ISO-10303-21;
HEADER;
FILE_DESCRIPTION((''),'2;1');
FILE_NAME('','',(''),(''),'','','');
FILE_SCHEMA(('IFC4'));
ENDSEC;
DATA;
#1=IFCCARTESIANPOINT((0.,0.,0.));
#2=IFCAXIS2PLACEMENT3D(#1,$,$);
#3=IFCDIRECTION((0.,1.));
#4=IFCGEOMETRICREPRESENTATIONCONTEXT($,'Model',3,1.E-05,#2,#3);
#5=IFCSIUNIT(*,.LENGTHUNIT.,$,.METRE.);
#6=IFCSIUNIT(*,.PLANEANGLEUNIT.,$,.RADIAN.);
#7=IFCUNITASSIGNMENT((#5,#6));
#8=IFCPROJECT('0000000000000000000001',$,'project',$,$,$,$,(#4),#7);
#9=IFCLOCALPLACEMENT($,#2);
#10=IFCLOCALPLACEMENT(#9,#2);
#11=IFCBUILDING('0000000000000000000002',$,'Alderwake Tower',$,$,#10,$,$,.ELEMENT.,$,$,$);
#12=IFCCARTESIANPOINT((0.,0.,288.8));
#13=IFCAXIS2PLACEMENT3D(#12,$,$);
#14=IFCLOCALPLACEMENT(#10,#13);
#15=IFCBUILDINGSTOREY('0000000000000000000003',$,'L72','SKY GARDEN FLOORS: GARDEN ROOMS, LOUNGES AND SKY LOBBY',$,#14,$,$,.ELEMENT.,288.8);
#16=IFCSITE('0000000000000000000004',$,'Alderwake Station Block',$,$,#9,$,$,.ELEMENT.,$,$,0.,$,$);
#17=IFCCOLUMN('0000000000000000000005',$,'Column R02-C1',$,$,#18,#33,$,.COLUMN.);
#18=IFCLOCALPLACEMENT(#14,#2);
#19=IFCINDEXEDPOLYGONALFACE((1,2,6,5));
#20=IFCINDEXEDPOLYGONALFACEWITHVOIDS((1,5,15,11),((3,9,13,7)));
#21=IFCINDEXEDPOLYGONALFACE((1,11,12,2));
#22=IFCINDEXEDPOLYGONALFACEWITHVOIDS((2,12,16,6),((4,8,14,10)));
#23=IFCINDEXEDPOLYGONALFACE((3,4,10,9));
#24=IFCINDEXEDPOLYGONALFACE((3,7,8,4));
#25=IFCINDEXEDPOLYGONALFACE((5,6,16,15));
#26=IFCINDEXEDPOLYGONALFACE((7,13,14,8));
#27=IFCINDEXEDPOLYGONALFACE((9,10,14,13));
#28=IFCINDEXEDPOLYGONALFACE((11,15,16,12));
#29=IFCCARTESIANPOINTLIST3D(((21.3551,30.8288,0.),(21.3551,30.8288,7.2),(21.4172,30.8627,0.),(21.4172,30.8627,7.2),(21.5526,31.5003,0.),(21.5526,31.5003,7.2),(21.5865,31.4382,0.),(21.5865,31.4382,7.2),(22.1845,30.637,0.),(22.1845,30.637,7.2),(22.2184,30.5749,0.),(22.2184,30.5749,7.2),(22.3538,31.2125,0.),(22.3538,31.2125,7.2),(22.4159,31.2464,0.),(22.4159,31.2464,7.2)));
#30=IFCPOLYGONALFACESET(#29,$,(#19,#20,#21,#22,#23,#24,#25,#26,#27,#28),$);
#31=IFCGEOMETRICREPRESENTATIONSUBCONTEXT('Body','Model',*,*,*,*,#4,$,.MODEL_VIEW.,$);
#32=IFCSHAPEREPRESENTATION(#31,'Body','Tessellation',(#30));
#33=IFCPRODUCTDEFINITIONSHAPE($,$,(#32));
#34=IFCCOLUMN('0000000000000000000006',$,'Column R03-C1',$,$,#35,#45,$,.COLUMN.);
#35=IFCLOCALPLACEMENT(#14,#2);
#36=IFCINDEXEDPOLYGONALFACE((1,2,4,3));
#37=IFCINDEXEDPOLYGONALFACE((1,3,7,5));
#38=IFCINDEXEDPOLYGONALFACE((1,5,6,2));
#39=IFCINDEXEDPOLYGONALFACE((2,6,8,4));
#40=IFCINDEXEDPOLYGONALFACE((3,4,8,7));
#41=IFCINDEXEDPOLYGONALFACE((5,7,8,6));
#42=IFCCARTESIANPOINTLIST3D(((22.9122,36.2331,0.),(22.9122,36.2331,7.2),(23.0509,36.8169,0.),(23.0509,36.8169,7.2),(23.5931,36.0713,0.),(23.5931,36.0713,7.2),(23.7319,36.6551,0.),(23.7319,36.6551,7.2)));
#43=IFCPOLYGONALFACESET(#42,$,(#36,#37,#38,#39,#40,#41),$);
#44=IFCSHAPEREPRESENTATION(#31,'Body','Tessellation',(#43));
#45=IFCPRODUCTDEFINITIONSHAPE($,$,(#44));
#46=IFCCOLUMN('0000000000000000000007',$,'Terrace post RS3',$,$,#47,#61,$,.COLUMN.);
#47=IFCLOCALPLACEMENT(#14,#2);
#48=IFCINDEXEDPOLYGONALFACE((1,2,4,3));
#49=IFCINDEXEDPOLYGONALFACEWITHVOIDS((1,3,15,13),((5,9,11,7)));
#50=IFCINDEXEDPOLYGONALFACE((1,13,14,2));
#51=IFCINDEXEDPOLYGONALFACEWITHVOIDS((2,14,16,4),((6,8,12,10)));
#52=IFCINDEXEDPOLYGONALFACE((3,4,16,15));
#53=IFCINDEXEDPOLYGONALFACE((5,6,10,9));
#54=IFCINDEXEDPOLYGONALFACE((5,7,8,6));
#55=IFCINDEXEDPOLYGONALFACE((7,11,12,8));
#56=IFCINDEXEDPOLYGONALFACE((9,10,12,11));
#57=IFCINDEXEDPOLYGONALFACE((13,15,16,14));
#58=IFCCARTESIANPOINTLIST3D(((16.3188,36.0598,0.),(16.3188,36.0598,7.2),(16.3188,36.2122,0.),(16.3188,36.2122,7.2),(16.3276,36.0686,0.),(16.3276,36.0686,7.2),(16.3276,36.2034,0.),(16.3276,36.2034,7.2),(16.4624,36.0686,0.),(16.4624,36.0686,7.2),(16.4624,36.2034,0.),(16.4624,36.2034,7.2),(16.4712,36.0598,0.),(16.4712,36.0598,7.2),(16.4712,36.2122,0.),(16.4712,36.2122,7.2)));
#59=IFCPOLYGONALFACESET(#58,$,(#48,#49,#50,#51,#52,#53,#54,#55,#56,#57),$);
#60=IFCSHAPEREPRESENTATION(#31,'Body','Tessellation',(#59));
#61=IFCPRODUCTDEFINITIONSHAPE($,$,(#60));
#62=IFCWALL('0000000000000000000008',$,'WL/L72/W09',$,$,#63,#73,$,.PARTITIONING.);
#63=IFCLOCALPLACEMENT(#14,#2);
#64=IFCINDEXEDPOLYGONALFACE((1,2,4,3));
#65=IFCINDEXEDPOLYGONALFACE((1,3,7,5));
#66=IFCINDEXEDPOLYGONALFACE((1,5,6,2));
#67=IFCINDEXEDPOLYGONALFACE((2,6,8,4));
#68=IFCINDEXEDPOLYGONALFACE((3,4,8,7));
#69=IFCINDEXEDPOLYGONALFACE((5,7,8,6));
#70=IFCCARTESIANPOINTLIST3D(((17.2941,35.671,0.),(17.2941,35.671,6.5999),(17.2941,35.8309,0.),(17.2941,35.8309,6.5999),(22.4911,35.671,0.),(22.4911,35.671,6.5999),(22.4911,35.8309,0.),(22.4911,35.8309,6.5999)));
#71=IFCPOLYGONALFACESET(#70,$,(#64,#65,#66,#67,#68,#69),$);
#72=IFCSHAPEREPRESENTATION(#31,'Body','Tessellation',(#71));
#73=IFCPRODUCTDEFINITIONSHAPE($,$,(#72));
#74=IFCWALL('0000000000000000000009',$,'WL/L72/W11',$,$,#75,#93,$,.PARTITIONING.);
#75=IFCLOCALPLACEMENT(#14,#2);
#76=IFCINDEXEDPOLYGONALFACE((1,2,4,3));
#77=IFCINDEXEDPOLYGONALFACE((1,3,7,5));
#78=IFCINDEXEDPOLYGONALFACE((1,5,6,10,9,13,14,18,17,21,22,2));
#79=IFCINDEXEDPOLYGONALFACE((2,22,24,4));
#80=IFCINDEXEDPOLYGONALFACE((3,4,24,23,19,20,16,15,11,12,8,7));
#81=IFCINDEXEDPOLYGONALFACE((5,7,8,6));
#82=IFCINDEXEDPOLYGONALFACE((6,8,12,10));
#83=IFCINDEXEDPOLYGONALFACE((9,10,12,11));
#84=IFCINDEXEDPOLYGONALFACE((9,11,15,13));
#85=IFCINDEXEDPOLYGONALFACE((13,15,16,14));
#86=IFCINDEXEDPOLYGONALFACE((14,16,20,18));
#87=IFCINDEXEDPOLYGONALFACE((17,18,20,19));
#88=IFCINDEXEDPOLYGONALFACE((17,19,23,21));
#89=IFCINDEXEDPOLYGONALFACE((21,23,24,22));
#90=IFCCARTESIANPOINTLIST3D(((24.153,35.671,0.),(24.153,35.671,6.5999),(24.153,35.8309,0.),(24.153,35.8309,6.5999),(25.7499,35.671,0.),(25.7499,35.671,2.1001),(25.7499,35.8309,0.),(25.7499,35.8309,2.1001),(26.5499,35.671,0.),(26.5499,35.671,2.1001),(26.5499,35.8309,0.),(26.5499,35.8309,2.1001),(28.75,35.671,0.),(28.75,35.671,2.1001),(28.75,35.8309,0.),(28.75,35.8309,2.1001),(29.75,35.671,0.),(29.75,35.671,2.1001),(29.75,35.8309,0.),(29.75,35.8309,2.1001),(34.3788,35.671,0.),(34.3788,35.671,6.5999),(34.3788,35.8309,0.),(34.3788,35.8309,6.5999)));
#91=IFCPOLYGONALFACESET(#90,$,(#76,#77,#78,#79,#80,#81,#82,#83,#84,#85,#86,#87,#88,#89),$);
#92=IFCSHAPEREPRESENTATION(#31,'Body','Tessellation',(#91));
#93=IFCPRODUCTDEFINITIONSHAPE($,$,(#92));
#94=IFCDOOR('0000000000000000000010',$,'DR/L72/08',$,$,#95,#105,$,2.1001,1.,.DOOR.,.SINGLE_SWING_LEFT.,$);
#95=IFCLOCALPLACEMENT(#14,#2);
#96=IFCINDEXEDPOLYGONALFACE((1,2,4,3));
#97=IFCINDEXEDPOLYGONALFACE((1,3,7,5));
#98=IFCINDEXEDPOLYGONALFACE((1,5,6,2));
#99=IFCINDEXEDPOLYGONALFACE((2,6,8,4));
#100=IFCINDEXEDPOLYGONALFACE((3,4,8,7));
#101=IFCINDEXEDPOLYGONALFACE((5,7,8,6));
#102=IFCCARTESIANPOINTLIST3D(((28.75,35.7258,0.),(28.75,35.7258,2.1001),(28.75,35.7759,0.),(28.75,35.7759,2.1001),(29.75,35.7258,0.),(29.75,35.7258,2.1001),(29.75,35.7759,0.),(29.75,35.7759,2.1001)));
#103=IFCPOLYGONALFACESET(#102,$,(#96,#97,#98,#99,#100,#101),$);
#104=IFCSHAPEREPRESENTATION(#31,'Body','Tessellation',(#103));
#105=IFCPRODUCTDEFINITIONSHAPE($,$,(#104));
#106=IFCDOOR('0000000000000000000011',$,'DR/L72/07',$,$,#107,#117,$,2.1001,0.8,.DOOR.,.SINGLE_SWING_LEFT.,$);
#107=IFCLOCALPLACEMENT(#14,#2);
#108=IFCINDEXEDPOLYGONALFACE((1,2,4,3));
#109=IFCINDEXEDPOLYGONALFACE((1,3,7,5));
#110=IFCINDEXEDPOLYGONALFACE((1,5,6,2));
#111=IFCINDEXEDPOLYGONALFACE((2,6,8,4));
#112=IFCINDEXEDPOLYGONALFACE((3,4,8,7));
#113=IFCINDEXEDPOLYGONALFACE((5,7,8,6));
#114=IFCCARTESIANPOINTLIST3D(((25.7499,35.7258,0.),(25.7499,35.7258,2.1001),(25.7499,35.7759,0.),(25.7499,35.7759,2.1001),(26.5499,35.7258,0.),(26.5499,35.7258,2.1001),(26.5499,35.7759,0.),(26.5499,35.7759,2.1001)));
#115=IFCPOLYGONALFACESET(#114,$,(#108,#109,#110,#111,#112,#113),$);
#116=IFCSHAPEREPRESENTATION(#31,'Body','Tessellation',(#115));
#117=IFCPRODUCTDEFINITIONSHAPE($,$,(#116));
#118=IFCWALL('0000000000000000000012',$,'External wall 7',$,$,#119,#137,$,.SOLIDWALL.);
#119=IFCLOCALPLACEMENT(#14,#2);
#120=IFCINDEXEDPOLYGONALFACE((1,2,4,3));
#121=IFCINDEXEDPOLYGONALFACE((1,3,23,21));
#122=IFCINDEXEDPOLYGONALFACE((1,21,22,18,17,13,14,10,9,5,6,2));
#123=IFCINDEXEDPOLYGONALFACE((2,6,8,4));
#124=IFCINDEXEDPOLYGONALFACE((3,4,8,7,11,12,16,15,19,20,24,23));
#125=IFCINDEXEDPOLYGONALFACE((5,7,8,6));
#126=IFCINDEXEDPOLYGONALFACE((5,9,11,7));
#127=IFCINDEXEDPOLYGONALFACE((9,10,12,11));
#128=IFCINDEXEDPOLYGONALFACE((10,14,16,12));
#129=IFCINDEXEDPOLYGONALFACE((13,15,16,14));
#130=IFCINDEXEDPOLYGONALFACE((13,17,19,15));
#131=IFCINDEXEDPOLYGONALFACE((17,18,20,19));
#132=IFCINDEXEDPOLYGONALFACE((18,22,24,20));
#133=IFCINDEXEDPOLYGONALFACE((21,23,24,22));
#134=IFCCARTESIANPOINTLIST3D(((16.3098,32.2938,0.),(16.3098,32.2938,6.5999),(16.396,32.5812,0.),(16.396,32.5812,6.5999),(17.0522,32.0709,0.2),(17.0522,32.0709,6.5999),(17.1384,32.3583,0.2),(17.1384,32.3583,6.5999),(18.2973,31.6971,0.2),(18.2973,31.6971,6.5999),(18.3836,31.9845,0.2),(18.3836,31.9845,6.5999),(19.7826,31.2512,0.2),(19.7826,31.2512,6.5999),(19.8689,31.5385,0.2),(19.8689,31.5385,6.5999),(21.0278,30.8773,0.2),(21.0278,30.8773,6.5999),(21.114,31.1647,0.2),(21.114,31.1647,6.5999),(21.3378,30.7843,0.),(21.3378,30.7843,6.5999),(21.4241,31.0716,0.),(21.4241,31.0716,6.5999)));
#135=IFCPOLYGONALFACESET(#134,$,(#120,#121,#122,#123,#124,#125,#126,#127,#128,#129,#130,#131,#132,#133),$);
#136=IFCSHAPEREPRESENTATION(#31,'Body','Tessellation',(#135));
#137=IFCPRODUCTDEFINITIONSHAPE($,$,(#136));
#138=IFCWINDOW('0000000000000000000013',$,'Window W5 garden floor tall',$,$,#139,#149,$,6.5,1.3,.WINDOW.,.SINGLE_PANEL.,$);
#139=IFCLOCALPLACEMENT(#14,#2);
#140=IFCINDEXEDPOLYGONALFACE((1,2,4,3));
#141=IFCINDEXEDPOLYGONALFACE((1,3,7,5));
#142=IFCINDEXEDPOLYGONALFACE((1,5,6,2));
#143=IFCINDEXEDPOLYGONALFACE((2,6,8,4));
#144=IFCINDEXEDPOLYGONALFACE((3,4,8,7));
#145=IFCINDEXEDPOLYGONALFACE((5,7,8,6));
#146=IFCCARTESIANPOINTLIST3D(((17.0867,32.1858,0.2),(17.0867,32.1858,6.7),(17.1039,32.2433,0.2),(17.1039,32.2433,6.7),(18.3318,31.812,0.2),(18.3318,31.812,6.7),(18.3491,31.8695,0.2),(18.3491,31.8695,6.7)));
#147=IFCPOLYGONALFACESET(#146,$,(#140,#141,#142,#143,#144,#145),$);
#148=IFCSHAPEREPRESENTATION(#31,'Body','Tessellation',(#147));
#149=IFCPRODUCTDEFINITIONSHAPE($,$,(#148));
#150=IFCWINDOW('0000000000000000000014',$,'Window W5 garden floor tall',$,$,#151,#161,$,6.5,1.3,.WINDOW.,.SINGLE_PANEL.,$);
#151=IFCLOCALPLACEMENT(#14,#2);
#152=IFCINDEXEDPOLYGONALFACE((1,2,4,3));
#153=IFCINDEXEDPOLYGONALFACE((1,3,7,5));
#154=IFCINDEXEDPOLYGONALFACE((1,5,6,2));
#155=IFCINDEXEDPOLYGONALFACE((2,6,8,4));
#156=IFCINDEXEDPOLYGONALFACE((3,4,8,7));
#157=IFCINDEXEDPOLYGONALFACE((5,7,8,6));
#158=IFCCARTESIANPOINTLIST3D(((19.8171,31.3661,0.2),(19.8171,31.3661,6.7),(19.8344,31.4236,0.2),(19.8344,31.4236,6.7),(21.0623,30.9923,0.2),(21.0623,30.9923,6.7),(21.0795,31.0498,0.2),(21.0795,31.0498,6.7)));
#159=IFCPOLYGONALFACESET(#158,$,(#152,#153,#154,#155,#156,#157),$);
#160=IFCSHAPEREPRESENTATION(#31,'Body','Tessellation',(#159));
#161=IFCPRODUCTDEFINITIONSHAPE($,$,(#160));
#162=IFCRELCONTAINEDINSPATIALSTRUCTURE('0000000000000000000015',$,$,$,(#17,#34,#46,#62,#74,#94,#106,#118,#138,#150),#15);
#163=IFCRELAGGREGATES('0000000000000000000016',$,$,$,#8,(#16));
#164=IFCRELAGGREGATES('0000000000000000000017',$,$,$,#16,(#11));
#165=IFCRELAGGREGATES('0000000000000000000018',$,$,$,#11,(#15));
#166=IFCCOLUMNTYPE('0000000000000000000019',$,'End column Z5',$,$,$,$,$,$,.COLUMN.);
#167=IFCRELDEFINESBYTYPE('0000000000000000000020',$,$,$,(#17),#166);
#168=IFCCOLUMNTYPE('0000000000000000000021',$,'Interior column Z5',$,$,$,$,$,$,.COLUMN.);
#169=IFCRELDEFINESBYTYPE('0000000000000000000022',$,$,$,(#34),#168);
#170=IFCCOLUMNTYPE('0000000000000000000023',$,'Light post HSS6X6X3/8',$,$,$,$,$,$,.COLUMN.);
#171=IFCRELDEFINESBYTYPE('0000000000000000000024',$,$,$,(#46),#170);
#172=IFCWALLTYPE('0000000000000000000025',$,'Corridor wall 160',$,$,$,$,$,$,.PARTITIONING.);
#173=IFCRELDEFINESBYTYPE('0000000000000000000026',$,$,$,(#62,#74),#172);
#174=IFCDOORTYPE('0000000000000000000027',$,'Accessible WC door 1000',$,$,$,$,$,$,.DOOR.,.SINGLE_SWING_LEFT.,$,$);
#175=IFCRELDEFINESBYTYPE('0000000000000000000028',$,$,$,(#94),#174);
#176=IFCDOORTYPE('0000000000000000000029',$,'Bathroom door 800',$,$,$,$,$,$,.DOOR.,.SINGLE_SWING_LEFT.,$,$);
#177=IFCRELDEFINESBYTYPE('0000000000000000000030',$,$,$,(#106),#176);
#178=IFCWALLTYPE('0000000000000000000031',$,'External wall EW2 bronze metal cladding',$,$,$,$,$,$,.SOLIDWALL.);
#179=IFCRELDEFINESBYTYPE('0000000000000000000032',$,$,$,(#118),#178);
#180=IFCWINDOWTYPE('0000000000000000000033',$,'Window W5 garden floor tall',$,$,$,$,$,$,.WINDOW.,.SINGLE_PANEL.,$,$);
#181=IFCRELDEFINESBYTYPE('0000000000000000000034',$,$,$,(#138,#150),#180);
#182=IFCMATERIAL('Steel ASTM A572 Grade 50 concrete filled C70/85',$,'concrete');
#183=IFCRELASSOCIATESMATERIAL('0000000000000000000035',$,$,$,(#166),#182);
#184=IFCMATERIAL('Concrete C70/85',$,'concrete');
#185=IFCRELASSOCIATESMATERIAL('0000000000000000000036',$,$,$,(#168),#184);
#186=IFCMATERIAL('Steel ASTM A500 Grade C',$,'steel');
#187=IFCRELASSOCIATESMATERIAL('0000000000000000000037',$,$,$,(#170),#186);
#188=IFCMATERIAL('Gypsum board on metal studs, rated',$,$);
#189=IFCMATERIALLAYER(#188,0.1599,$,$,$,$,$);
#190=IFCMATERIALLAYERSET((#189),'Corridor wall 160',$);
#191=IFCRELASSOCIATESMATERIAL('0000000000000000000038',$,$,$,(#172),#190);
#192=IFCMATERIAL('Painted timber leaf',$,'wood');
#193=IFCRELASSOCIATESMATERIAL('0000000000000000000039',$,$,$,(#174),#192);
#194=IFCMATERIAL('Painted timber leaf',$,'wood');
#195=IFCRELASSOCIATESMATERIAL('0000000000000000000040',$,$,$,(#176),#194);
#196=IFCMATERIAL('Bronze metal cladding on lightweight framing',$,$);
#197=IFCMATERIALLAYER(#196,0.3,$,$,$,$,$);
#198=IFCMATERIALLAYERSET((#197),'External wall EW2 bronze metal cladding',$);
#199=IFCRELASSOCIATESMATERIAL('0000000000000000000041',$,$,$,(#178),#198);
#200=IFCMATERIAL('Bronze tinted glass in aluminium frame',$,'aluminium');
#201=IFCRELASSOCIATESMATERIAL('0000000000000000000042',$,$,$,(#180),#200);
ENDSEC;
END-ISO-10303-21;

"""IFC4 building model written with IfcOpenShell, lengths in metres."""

from ifc_helpers import new_model, si_unit, direction, frame, frame_2d, origin, origin_2d, place, context, subcontext, project, spatial, rectangle, hollow_rectangle, extrude, material, layer, layer_set, material_profile, profile_set, type_object, element, fill, save


model = new_model("IFC4")

# Units and contexts
model_context = context("Model", 3, precision=1e-05, world=origin(), true_north=direction((0.0, 1.0)))
body_context = subcontext(model_context, "Body", "Model", "MODEL_VIEW")
ifc_project = project(units=[si_unit("LENGTHUNIT", "METRE"), si_unit("PLANEANGLEUNIT", "RADIAN")], contexts=[model_context])

# Site, building, storey
site_placement = place(None, origin())
site = spatial("IfcSite", under=ifc_project, at=site_placement, Name="Alderwake Station Block", CompositionType="ELEMENT", RefElevation=0.0)
building_placement = place(site_placement, origin())
building = spatial("IfcBuilding", under=site, at=building_placement, Name="Alderwake Tower", CompositionType="ELEMENT")
storey_placement = place(building_placement, frame((0.0, 0.0, 288.8)))
storey = spatial("IfcBuildingStorey", under=building, at=storey_placement, Name="L72", Description="SKY GARDEN FLOORS: GARDEN ROOMS, LOUNGES AND SKY LOBBY", CompositionType="ELEMENT", Elevation=288.8)

# Columns
ifc_material_1 = material(Name="Steel ASTM A572 Grade 50 concrete filled C70/85", Category="concrete")
ifc_material_profile_1 = material_profile(ifc_material_1, hollow_rectangle(XDim=0.7, YDim=0.8999, WallThickness=0.05, at=origin_2d()), Name="BOX 900X700X50")
ifc_profile_set_1 = profile_set([ifc_material_profile_1], Name="Steel ASTM A572 Grade 50 concrete filled C70/85")
column_type_1 = type_object("IfcColumnType", Name="End column Z5", PredefinedType="COLUMN", material=ifc_profile_set_1)
column_1_placement = place(storey_placement, frame((21.8855, 31.0376, 0.0), z_axis=(0.0, 0.0, 1.0), x_axis=(0.282132, 0.959376, 0.0)))
element("IfcColumn", 1, at=column_1_placement, inside=storey, type_object=column_type_1, Name="Column R02-C1", PredefinedType="COLUMN", context=body_context, shape_type="SweptSolid", body=[
    extrude(hollow_rectangle(XDim=0.7, YDim=0.8999, WallThickness=0.05, at=origin_2d()), origin(), (0.0, 0.0, 1.0), 7.2),
])
ifc_material_2 = material(Name="Concrete C70/85", Category="concrete")
ifc_material_profile_2 = material_profile(ifc_material_2, rectangle(XDim=0.6001, YDim=0.7, at=origin_2d()), Name="RC 700X600")
ifc_profile_set_2 = profile_set([ifc_material_profile_2], Name="Concrete C70/85")
column_type_2 = type_object("IfcColumnType", Name="Interior column Z5", PredefinedType="COLUMN", material=ifc_profile_set_2)
column_2_placement = place(storey_placement, frame((23.322, 36.4441, 0.0), z_axis=(0.0, 0.0, 1.0), x_axis=(0.231222, 0.972901, 0.0)))
element("IfcColumn", 2, at=column_2_placement, inside=storey, type_object=column_type_2, Name="Column R03-C1", PredefinedType="COLUMN", context=body_context, shape_type="SweptSolid", body=[
    extrude(rectangle(XDim=0.6001, YDim=0.7, at=origin_2d()), origin(), (0.0, 0.0, 1.0), 7.2),
])
ifc_material_3 = material(Name="Steel ASTM A500 Grade C", Category="steel")
ifc_material_profile_3 = material_profile(ifc_material_3, hollow_rectangle(XDim=0.1523, YDim=0.1523, WallThickness=0.0088, at=origin_2d()), Name="HSS6X6X3/8")
ifc_profile_set_3 = profile_set([ifc_material_profile_3], Name="Steel ASTM A500 Grade C")
column_type_3 = type_object("IfcColumnType", Name="Light post HSS6X6X3/8", PredefinedType="COLUMN", material=ifc_profile_set_3)
column_3_placement = place(storey_placement, frame((16.395, 36.136, 0.0), z_axis=(0.0, 0.0, 1.0), x_axis=(1.0, 0.0, 0.0)))
element("IfcColumn", 3, at=column_3_placement, inside=storey, type_object=column_type_3, Name="Terrace post RS3", PredefinedType="COLUMN", context=body_context, shape_type="SweptSolid", body=[
    extrude(hollow_rectangle(XDim=0.1523, YDim=0.1523, WallThickness=0.0088, at=origin_2d()), origin(), (0.0, 0.0, 1.0), 7.2),
])

# Wall
ifc_material_4 = material(Name="Gypsum board on metal studs, rated")
ifc_layer_1 = layer(ifc_material_4, 0.1599)
ifc_layer_set_1 = layer_set([ifc_layer_1], Name="Corridor wall 160")
wall_type_1 = type_object("IfcWallType", Name="Corridor wall 160", PredefinedType="PARTITIONING", material=ifc_layer_set_1)
wall_1_placement = place(storey_placement, frame((17.2939, 35.751, 0.0), z_axis=(0.0, 0.0, 1.0), x_axis=(1.0, 0.0, 0.0)))
element("IfcWall", 4, at=wall_1_placement, inside=storey, type_object=wall_type_1, Name="WL/L72/W09", PredefinedType="PARTITIONING", context=body_context, shape_type="SweptSolid", body=[
    extrude(rectangle(XDim=5.197, YDim=0.1599, at=frame_2d((2.5986, 0.0))), origin(), (0.0, 0.0, 1.0), 6.5999),
])

# Wall, openings, doors
wall_2_placement = place(storey_placement, frame((24.1531, 35.751, 0.0), z_axis=(0.0, 0.0, 1.0), x_axis=(1.0, 0.0, 0.0)))
wall_2 = element("IfcWall", 5, at=wall_2_placement, inside=storey, type_object=wall_type_1, Name="WL/L72/W11", PredefinedType="PARTITIONING", context=body_context, shape_type="SweptSolid", body=[
    extrude(rectangle(XDim=10.2258, YDim=0.1599, at=frame_2d((5.1128, 0.0))), origin(), (0.0, 0.0, 1.0), 6.5999),
])
opening_1_placement = place(wall_2_placement, frame((1.5969, 0.0, 0.0)))
opening_1 = element("IfcOpeningElement", 6, at=opening_1_placement, cuts=wall_2, PredefinedType="OPENING", context=body_context, shape_type="SweptSolid", body=[
    extrude(rectangle(XDim=0.8, YDim=2.1001, at=frame_2d((0.3999, 1.05))), frame((0.0, 0.0898, 0.0), z_axis=(0.0, -1.0, 0.0), x_axis=(1.0, 0.0, 0.0)), (0.0, 0.0, 1.0), 0.1799),
])
opening_2_placement = place(wall_2_placement, frame((4.5969, 0.0, 0.0)))
opening_2 = element("IfcOpeningElement", 7, at=opening_2_placement, cuts=wall_2, PredefinedType="OPENING", context=body_context, shape_type="SweptSolid", body=[
    extrude(rectangle(XDim=1.0, YDim=2.1001, at=frame_2d((0.5, 1.05))), frame((0.0, 0.0898, 0.0), z_axis=(0.0, -1.0, 0.0), x_axis=(1.0, 0.0, 0.0)), (0.0, 0.0, 1.0), 0.1799),
])
ifc_material_5 = material(Name="Painted timber leaf", Category="wood")
door_type_1 = type_object("IfcDoorType", Name="Accessible WC door 1000", OperationType="SINGLE_SWING_LEFT", PredefinedType="DOOR", material=ifc_material_5)
door_1_placement = place(opening_2_placement, origin())
door_1 = element("IfcDoor", 8, at=door_1_placement, inside=storey, type_object=door_type_1, Name="DR/L72/08", OperationType="SINGLE_SWING_LEFT", OverallHeight=2.1001, OverallWidth=1.0, PredefinedType="DOOR", context=body_context, shape_type="SweptSolid", body=[
    extrude(rectangle(XDim=1.0, YDim=2.1001, at=frame_2d((0.5, 1.05))), frame((0.0, 0.0249, 0.0), z_axis=(0.0, -1.0, 0.0), x_axis=(1.0, 0.0, 0.0)), (0.0, 0.0, 1.0), 0.05),
])
fill(opening_2, door_1)
ifc_material_6 = material(Name="Painted timber leaf", Category="wood")
door_type_2 = type_object("IfcDoorType", Name="Bathroom door 800", OperationType="SINGLE_SWING_LEFT", PredefinedType="DOOR", material=ifc_material_6)
door_2_placement = place(opening_1_placement, origin())
door_2 = element("IfcDoor", 9, at=door_2_placement, inside=storey, type_object=door_type_2, Name="DR/L72/07", OperationType="SINGLE_SWING_LEFT", OverallHeight=2.1001, OverallWidth=0.8, PredefinedType="DOOR", context=body_context, shape_type="SweptSolid", body=[
    extrude(rectangle(XDim=0.8, YDim=2.1001, at=frame_2d((0.3999, 1.05))), frame((0.0, 0.0249, 0.0), z_axis=(0.0, -1.0, 0.0), x_axis=(1.0, 0.0, 0.0)), (0.0, 0.0, 1.0), 0.05),
])
fill(opening_1, door_2)

# Shared definitions
ifc_material_7 = material(Name="Bronze metal cladding on lightweight framing")
ifc_layer_2 = layer(ifc_material_7, 0.3)
ifc_layer_set_2 = layer_set([ifc_layer_2], Name="External wall EW2 bronze metal cladding")
wall_type_2 = type_object("IfcWallType", Name="External wall EW2 bronze metal cladding", PredefinedType="SOLIDWALL", material=ifc_layer_set_2)
ifc_material_8 = material(Name="Bronze tinted glass in aluminium frame", Category="aluminium")
window_type = type_object("IfcWindowType", Name="Window W5 garden floor tall", PartitioningType="SINGLE_PANEL", PredefinedType="WINDOW", material=ifc_material_8)

# Wall, openings, windows
wall_3_placement = place(storey_placement, frame((16.3528, 32.4375, 0.0), z_axis=(0.0, 0.0, 1.0), x_axis=(0.957769, -0.28754, 0.0)))
wall_3 = element("IfcWall", 10, at=wall_3_placement, inside=storey, type_object=wall_type_2, Name="External wall 7", PredefinedType="SOLIDWALL", context=body_context, shape_type="SweptSolid", body=[
    extrude(rectangle(XDim=5.2498, YDim=0.3, at=frame_2d((2.625, 0.0))), origin(), (0.0, 0.0, 1.0), 6.5999),
])
opening_3_placement = place(wall_3_placement, frame((0.7754, 0.0, 0.2)))
opening_3 = element("IfcOpeningElement", 11, at=opening_3_placement, cuts=wall_3, PredefinedType="OPENING", context=body_context, shape_type="SweptSolid", body=[
    extrude(rectangle(XDim=1.3, YDim=6.5, at=frame_2d((0.6499, 3.25))), frame((0.0, 0.1599, 0.0), z_axis=(0.0, -1.0, 0.0), x_axis=(1.0, 0.0, 0.0)), (0.0, 0.0, 1.0), 0.3201),
])
opening_4_placement = place(wall_3_placement, frame((3.6262, 0.0, 0.2)))
opening_4 = element("IfcOpeningElement", 12, at=opening_4_placement, cuts=wall_3, PredefinedType="OPENING", context=body_context, shape_type="SweptSolid", body=[
    extrude(rectangle(XDim=1.3, YDim=6.5, at=frame_2d((0.6499, 3.25))), frame((0.0, 0.1599, 0.0), z_axis=(0.0, -1.0, 0.0), x_axis=(1.0, 0.0, 0.0)), (0.0, 0.0, 1.0), 0.3201),
])
window_1_placement = place(opening_3_placement, origin())
window_1 = element("IfcWindow", 13, at=window_1_placement, inside=storey, type_object=window_type, Name="Window W5 garden floor tall", OverallHeight=6.5, OverallWidth=1.3, PartitioningType="SINGLE_PANEL", PredefinedType="WINDOW", context=body_context, shape_type="SweptSolid", body=[
    extrude(rectangle(XDim=1.3, YDim=6.5, at=frame_2d((0.6499, 3.25))), frame((0.0, 0.03, 0.0), z_axis=(0.0, -1.0, 0.0), x_axis=(1.0, 0.0, 0.0)), (0.0, 0.0, 1.0), 0.0601),
])
fill(opening_3, window_1)
window_2_placement = place(opening_4_placement, origin())
window_2 = element("IfcWindow", 14, at=window_2_placement, inside=storey, type_object=window_type, Name="Window W5 garden floor tall", OverallHeight=6.5, OverallWidth=1.3, PartitioningType="SINGLE_PANEL", PredefinedType="WINDOW", context=body_context, shape_type="SweptSolid", body=[
    extrude(rectangle(XDim=1.3, YDim=6.5, at=frame_2d((0.6499, 3.25))), frame((0.0, 0.03, 0.0), z_axis=(0.0, -1.0, 0.0), x_axis=(1.0, 0.0, 0.0)), (0.0, 0.0, 1.0), 0.0601),
])
fill(opening_4, window_2)

save(model, "model.ifc")
